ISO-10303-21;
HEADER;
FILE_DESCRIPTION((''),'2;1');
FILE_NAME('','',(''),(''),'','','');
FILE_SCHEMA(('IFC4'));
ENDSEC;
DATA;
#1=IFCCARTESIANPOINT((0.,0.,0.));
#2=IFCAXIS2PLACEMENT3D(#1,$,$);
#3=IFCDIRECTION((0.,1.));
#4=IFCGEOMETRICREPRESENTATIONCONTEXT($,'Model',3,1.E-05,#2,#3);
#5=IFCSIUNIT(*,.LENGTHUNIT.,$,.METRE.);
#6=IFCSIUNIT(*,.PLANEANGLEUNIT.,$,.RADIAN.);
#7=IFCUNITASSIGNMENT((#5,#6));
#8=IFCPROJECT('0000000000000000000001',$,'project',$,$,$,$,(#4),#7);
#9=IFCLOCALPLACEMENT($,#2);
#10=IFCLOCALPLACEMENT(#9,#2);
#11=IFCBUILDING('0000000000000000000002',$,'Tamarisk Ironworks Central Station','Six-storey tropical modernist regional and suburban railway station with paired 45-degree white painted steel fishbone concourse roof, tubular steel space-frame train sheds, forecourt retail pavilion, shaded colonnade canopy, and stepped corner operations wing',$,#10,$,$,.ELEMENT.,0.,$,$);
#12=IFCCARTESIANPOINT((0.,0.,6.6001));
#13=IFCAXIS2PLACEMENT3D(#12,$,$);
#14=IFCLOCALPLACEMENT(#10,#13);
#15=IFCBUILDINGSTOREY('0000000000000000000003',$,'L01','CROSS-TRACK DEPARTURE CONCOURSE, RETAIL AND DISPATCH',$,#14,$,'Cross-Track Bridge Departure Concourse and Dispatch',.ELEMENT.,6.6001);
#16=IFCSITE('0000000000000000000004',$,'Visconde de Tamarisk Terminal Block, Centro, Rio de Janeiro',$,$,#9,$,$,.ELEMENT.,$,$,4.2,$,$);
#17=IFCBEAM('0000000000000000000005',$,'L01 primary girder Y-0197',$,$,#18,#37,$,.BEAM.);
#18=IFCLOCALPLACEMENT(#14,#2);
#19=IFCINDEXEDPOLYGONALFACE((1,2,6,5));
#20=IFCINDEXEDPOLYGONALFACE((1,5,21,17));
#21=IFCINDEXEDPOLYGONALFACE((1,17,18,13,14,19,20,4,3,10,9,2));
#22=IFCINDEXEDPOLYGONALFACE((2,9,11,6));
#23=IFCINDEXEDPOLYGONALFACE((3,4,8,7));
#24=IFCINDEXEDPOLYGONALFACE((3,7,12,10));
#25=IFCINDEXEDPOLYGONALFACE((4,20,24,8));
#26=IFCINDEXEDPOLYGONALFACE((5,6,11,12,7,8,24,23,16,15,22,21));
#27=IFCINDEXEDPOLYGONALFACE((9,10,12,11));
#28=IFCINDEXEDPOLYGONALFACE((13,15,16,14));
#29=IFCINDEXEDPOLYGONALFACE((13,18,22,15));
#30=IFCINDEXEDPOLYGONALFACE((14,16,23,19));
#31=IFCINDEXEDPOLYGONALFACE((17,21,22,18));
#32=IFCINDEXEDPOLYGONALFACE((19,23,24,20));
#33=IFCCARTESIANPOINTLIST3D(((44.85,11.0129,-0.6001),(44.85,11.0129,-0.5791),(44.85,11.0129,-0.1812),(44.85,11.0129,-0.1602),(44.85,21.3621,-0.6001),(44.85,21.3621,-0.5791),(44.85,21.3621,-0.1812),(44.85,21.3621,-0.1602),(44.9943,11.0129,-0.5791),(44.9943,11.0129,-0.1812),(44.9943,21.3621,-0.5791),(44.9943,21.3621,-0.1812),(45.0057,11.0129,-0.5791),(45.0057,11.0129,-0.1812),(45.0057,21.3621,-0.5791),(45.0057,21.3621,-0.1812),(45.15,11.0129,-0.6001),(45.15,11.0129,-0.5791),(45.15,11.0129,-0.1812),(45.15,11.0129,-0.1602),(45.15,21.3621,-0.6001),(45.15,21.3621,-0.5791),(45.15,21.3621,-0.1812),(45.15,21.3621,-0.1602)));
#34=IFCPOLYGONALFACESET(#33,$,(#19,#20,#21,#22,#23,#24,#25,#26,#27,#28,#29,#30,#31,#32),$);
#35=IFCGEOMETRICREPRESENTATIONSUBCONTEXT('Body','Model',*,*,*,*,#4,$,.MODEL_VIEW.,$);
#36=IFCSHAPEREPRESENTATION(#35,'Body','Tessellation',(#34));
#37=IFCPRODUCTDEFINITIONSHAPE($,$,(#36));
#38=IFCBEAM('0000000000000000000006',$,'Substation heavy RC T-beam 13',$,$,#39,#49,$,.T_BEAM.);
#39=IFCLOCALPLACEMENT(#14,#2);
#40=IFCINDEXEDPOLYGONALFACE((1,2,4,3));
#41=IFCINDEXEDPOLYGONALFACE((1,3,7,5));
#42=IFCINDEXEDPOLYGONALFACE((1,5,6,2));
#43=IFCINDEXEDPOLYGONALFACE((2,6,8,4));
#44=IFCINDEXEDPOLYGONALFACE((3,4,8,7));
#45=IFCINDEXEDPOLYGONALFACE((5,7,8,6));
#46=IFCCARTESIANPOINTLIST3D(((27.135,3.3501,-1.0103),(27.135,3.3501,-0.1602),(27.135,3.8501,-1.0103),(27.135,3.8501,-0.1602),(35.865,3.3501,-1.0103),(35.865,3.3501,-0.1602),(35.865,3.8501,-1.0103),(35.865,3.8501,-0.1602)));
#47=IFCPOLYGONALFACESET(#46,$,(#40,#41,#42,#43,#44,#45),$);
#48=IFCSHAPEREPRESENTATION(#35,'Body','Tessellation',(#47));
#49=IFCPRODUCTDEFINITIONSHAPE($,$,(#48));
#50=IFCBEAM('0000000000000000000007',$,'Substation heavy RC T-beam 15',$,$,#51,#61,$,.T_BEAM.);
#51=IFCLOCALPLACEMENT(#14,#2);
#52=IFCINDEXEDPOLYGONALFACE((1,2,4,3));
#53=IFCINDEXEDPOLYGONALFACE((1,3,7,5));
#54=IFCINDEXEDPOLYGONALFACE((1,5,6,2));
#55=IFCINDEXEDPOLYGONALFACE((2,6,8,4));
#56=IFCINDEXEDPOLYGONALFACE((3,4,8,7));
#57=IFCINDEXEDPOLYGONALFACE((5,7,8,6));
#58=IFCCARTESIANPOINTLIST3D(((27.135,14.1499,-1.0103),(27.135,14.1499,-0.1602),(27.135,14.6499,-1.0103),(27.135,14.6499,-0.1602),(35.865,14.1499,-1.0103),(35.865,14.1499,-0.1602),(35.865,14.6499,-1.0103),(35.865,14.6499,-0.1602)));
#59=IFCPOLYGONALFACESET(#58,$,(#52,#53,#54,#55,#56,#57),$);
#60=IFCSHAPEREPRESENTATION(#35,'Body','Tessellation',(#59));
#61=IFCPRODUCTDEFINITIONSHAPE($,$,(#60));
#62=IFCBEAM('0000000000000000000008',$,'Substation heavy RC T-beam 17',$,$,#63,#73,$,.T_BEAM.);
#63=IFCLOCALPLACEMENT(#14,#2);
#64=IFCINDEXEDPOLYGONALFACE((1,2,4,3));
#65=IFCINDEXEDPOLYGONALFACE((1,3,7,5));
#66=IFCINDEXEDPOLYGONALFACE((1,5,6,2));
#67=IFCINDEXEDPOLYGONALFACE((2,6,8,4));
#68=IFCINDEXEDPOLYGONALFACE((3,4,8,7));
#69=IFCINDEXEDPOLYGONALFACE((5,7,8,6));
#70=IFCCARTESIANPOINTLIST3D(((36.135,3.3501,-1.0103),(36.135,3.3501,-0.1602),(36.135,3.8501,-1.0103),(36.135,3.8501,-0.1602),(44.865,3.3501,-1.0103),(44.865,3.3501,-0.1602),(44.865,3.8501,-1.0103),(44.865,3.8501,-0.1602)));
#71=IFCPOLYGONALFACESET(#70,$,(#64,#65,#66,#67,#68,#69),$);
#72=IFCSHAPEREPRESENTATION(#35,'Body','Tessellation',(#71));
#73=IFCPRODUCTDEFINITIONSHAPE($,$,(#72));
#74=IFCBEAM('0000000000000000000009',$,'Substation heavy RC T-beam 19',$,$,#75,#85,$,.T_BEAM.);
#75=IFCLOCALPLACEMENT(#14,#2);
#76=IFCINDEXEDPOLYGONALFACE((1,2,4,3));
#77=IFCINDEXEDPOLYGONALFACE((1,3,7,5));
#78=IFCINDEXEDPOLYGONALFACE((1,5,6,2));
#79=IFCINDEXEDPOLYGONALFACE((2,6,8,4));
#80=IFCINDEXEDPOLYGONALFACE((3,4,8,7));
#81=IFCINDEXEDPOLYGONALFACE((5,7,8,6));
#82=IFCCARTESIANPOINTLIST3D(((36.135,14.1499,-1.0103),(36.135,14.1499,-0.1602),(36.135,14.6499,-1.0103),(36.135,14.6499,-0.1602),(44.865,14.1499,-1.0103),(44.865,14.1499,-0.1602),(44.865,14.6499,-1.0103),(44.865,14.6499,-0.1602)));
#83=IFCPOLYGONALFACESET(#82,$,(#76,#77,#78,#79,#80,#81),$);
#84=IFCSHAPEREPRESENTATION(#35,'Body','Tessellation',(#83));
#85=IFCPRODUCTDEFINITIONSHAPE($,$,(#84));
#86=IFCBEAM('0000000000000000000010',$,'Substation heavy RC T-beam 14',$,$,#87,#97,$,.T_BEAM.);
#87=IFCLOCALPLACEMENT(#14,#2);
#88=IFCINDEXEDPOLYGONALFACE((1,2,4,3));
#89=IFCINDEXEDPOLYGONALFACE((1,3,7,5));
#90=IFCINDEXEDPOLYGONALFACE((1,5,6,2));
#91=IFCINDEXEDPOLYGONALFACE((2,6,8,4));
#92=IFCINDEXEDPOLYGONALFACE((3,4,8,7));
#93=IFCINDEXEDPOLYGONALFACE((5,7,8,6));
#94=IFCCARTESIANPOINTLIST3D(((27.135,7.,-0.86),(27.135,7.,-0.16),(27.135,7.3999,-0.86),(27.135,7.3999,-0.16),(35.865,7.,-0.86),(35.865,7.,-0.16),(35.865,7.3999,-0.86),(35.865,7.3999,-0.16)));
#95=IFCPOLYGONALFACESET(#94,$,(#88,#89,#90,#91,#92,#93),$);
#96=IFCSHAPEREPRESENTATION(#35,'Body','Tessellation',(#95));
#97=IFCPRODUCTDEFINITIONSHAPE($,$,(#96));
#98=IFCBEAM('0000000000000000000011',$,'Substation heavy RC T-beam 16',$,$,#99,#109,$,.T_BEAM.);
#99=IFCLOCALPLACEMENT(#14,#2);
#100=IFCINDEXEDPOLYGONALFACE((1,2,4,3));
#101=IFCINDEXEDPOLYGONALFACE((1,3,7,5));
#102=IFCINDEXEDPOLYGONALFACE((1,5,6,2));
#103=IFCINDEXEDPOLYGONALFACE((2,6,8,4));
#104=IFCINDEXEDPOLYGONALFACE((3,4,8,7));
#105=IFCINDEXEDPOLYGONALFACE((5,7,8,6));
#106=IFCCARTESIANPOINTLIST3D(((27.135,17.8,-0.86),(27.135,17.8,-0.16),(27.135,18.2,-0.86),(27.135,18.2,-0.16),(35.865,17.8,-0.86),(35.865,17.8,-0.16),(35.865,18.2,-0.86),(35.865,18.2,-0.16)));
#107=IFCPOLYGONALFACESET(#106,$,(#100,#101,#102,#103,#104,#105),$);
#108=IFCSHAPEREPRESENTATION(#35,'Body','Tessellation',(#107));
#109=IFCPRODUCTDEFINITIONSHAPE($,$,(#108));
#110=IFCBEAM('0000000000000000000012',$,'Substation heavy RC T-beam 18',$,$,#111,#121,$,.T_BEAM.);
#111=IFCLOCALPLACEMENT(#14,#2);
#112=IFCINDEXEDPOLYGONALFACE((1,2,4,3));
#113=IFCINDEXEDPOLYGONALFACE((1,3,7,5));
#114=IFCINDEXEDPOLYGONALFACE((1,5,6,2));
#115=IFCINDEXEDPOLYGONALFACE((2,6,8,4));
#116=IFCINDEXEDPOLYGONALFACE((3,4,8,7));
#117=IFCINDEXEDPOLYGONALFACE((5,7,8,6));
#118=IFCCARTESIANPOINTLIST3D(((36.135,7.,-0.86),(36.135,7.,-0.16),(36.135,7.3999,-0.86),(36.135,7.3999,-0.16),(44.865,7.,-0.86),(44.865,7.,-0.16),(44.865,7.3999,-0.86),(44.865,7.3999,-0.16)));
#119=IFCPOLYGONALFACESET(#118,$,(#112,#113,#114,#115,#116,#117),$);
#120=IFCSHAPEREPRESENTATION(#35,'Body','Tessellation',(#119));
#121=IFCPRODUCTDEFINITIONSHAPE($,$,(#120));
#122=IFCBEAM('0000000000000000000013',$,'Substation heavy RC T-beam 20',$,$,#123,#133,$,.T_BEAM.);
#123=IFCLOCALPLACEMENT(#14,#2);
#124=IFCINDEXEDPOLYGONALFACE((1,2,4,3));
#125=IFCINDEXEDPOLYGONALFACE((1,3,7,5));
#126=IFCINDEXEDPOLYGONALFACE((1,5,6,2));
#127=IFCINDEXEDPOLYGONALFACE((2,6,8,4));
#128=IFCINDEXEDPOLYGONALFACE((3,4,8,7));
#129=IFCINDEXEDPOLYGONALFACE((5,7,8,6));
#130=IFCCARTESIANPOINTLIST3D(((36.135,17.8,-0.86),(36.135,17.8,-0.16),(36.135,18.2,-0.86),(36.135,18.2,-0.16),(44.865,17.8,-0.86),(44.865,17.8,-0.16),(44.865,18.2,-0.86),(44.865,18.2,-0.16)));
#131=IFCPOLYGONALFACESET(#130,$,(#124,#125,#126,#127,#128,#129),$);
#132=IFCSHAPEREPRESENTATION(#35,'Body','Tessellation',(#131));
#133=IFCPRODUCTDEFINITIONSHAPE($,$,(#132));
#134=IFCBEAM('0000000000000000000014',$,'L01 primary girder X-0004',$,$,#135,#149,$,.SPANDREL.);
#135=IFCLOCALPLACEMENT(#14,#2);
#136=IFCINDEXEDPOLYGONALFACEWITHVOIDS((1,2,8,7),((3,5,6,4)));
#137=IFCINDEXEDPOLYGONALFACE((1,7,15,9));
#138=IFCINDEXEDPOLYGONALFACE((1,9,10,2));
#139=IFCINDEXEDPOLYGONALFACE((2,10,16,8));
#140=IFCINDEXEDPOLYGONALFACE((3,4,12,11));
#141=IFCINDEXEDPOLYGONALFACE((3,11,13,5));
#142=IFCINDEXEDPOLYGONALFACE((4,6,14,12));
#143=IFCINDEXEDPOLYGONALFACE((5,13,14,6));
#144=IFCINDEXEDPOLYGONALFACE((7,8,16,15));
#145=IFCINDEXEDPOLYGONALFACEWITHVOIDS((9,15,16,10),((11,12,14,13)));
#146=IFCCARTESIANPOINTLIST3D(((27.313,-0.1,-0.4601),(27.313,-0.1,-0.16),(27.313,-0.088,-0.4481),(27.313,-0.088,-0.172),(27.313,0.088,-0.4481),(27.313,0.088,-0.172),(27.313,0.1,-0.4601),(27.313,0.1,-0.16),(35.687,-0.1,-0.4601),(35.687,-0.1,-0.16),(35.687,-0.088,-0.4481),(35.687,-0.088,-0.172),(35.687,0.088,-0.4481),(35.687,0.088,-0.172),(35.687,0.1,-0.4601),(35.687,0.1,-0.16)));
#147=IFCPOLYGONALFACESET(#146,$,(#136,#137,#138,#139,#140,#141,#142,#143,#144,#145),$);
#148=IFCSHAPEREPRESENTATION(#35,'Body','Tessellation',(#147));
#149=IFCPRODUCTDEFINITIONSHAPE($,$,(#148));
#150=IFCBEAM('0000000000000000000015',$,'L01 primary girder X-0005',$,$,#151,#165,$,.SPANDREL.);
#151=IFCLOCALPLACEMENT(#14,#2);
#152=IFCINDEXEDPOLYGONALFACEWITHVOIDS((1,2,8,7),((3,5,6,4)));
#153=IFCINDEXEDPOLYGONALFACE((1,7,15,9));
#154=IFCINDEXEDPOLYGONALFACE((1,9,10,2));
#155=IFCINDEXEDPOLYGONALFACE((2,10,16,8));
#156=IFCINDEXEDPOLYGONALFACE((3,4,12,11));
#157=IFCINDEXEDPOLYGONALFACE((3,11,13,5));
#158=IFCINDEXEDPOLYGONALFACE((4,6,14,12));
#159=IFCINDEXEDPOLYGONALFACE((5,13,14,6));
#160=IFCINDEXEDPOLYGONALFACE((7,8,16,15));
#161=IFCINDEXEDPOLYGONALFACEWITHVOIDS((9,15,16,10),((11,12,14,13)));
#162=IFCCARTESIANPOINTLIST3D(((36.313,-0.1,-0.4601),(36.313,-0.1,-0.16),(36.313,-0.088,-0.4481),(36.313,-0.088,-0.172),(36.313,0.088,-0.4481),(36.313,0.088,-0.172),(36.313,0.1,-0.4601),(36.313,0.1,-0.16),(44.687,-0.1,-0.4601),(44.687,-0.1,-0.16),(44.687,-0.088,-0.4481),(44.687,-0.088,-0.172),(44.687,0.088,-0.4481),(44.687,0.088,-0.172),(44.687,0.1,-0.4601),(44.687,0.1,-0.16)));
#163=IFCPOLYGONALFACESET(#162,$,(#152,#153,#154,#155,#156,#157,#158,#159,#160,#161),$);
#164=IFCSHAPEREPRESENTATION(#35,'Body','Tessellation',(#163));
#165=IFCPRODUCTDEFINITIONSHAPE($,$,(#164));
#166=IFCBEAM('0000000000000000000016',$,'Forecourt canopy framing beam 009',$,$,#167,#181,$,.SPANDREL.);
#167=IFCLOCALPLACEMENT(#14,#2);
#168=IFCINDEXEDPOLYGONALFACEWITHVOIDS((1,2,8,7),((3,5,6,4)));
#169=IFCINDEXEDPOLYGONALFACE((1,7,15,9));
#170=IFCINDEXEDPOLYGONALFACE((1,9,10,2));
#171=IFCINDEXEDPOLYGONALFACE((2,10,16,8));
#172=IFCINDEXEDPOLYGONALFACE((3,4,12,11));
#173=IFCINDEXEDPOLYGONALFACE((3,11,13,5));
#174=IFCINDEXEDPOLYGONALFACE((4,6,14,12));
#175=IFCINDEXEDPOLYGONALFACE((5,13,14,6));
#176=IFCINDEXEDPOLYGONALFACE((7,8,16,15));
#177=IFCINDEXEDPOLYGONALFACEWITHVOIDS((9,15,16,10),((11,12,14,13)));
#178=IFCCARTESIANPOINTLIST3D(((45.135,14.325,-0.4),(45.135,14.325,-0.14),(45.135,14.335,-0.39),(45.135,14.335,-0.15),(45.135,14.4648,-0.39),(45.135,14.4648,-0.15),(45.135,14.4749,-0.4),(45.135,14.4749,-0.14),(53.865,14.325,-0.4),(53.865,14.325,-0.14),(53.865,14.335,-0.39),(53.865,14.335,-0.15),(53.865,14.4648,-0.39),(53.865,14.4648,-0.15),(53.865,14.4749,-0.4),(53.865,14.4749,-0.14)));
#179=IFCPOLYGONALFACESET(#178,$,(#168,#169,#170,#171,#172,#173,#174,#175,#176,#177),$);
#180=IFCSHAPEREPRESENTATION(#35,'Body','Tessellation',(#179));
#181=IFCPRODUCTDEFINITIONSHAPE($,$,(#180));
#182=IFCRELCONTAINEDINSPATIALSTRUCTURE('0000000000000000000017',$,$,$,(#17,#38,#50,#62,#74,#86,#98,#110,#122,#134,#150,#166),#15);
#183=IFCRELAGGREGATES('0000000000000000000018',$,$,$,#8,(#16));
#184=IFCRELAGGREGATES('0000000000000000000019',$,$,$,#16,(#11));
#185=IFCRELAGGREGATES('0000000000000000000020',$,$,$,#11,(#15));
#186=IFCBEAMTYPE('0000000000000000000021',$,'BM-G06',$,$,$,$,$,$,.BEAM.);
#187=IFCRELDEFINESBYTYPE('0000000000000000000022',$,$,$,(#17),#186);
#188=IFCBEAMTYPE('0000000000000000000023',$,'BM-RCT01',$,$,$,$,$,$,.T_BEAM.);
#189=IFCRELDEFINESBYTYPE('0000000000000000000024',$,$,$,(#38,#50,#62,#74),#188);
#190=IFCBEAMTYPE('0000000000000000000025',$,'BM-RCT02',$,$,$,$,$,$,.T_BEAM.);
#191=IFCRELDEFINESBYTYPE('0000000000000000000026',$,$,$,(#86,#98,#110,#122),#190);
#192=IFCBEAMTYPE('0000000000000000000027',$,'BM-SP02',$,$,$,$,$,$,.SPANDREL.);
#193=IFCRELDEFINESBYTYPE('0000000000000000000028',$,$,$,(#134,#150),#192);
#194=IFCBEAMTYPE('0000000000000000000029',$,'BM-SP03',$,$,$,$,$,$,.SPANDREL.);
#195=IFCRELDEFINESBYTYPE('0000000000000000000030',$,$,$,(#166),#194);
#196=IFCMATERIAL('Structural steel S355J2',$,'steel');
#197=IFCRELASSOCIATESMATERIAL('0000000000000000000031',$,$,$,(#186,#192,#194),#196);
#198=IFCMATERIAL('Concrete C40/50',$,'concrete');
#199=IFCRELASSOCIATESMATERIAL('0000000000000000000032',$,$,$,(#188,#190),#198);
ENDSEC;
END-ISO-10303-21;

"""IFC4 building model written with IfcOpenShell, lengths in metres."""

from ifc_helpers import new_model, si_unit, direction, frame, origin, origin_2d, place, context, subcontext, project, spatial, rectangle, hollow_rectangle, i_section, extrude, material, material_profile, profile_set, type_object, element, save


model = new_model("IFC4")

# Units and contexts
model_context = context("Model", 3, precision=1e-05, world=origin(), true_north=direction((0.0, 1.0)))
body_context = subcontext(model_context, "Body", "Model", "MODEL_VIEW")
ifc_project = project(units=[si_unit("LENGTHUNIT", "METRE"), si_unit("PLANEANGLEUNIT", "RADIAN")], contexts=[model_context])

# Site, building, storey
site_placement = place(None, origin())
site = spatial("IfcSite", under=ifc_project, at=site_placement, Name="Visconde de Tamarisk Terminal Block, Centro, Rio de Janeiro", CompositionType="ELEMENT", RefElevation=4.2)
building_placement = place(site_placement, origin())
building = spatial("IfcBuilding", under=site, at=building_placement, Name="Tamarisk Ironworks Central Station", Description="Six-storey tropical modernist regional and suburban railway station with paired 45-degree white painted steel fishbone concourse roof, tubular steel space-frame train sheds, forecourt retail pavilion, shaded colonnade canopy, and stepped corner operations wing", CompositionType="ELEMENT", ElevationOfRefHeight=0.0)
storey_placement = place(building_placement, frame((0.0, 0.0, 6.6001)))
storey = spatial("IfcBuildingStorey", under=building, at=storey_placement, Name="L01", Description="CROSS-TRACK DEPARTURE CONCOURSE, RETAIL AND DISPATCH", LongName="Cross-Track Bridge Departure Concourse and Dispatch", CompositionType="ELEMENT", Elevation=6.6001)

# Beams
ifc_material_1 = material(Name="Structural steel S355J2", Category="steel")
ifc_material_profile_1 = material_profile(ifc_material_1, i_section(OverallWidth=0.3, OverallDepth=0.4399, WebThickness=0.0115, FlangeThickness=0.021, at=origin_2d()), Name="HEA 450")
ifc_profile_set_1 = profile_set([ifc_material_profile_1], Name="Structural steel S355J2")
beam_type_1 = type_object("IfcBeamType", Name="BM-G06", PredefinedType="BEAM", material=ifc_profile_set_1)
beam_1_placement = place(storey_placement, frame((45.0, 11.0129, -0.3801), z_axis=(0.0, 1.0, 0.0), x_axis=(-1.0, 0.0, 0.0)))
element("IfcBeam", 1, at=beam_1_placement, inside=storey, type_object=beam_type_1, Name="L01 primary girder Y-0197", PredefinedType="BEAM", context=body_context, shape_type="SweptSolid", body=[
    extrude(i_section(OverallWidth=0.3, OverallDepth=0.4399, WebThickness=0.0115, FlangeThickness=0.021, at=origin_2d()), origin(), (0.0, 0.0, 1.0), 10.3491),
])
ifc_material_2 = material(Name="Concrete C40/50", Category="concrete")
ifc_material_profile_2 = material_profile(ifc_material_2, rectangle(XDim=0.5, YDim=0.8501, at=origin_2d()), Name="RC 500x850")
ifc_profile_set_2 = profile_set([ifc_material_profile_2], Name="Concrete C40/50")
beam_type_2 = type_object("IfcBeamType", Name="BM-RCT01", PredefinedType="T_BEAM", material=ifc_profile_set_2)
for number, where, z_axis, x_axis, name in (
    (2, (27.135, 3.6001, -0.5852), (1.0, 0.0, 0.0), (0.0, 1.0, 0.0), "Substation heavy RC T-beam 13"),
    (3, (27.135, 14.3999, -0.5852), (1.0, 0.0, 0.0), (0.0, 1.0, 0.0), "Substation heavy RC T-beam 15"),
    (4, (36.135, 3.6001, -0.5852), (1.0, 0.0, 0.0), (0.0, 1.0, 0.0), "Substation heavy RC T-beam 17"),
    (5, (36.135, 14.3999, -0.5852), (1.0, 0.0, 0.0), (0.0, 1.0, 0.0), "Substation heavy RC T-beam 19"),
):
    element("IfcBeam", number, at=place(storey_placement, frame(where, z_axis=z_axis, x_axis=x_axis)), inside=storey, type_object=beam_type_2, Name=name, PredefinedType="T_BEAM", context=body_context, shape_type="SweptSolid", body=[
        extrude(rectangle(XDim=0.5, YDim=0.8501, at=origin_2d()), origin(), (0.0, 0.0, 1.0), 8.73),
    ])
ifc_material_profile_3 = material_profile(ifc_material_2, rectangle(XDim=0.3999, YDim=0.7, at=origin_2d()), Name="RC 400x700")
ifc_profile_set_3 = profile_set([ifc_material_profile_3], Name="Concrete C40/50")
beam_type_3 = type_object("IfcBeamType", Name="BM-RCT02", PredefinedType="T_BEAM", material=ifc_profile_set_3)
for number, where, z_axis, x_axis, name in (
    (6, (27.135, 7.2, -0.51), (1.0, 0.0, 0.0), (0.0, 1.0, 0.0), "Substation heavy RC T-beam 14"),
    (7, (27.135, 18.0, -0.51), (1.0, 0.0, 0.0), (0.0, 1.0, 0.0), "Substation heavy RC T-beam 16"),
    (8, (36.135, 7.2, -0.51), (1.0, 0.0, 0.0), (0.0, 1.0, 0.0), "Substation heavy RC T-beam 18"),
    (9, (36.135, 18.0, -0.51), (1.0, 0.0, 0.0), (0.0, 1.0, 0.0), "Substation heavy RC T-beam 20"),
):
    element("IfcBeam", number, at=place(storey_placement, frame(where, z_axis=z_axis, x_axis=x_axis)), inside=storey, type_object=beam_type_3, Name=name, PredefinedType="T_BEAM", context=body_context, shape_type="SweptSolid", body=[
        extrude(rectangle(XDim=0.3999, YDim=0.7, at=origin_2d()), origin(), (0.0, 0.0, 1.0), 8.73),
    ])
ifc_material_profile_4 = material_profile(ifc_material_1, hollow_rectangle(XDim=0.2, YDim=0.3, WallThickness=0.012, at=origin_2d()), Name="RHS 300x200x12")
ifc_profile_set_4 = profile_set([ifc_material_profile_4], Name="Structural steel S355J2")
beam_type_4 = type_object("IfcBeamType", Name="BM-SP02", PredefinedType="SPANDREL", material=ifc_profile_set_4)
for number, where, z_axis, x_axis, name in (
    (10, (27.313, 0.0, -0.3101), (1.0, 0.0, 0.0), (0.0, 1.0, 0.0), "L01 primary girder X-0004"),
    (11, (36.313, 0.0, -0.3101), (1.0, 0.0, 0.0), (0.0, 1.0, 0.0), "L01 primary girder X-0005"),
):
    element("IfcBeam", number, at=place(storey_placement, frame(where, z_axis=z_axis, x_axis=x_axis)), inside=storey, type_object=beam_type_4, Name=name, PredefinedType="SPANDREL", context=body_context, shape_type="SweptSolid", body=[
        extrude(hollow_rectangle(XDim=0.2, YDim=0.3, WallThickness=0.012, at=origin_2d()), origin(), (0.0, 0.0, 1.0), 8.374),
    ])
ifc_material_profile_5 = material_profile(ifc_material_1, hollow_rectangle(XDim=0.1499, YDim=0.26, WallThickness=0.01, at=origin_2d()), Name="RHS 260x150x10")
ifc_profile_set_5 = profile_set([ifc_material_profile_5], Name="Structural steel S355J2")
beam_type_5 = type_object("IfcBeamType", Name="BM-SP03", PredefinedType="SPANDREL", material=ifc_profile_set_5)
beam_2_placement = place(storey_placement, frame((45.135, 14.3999, -0.27), z_axis=(1.0, 0.0, 0.0), x_axis=(0.0, 1.0, 0.0)))
element("IfcBeam", 12, at=beam_2_placement, inside=storey, type_object=beam_type_5, Name="Forecourt canopy framing beam 009", PredefinedType="SPANDREL", context=body_context, shape_type="SweptSolid", body=[
    extrude(hollow_rectangle(XDim=0.1499, YDim=0.26, WallThickness=0.01, at=origin_2d()), origin(), (0.0, 0.0, 1.0), 8.73),
])

save(model, "model.ifc")
